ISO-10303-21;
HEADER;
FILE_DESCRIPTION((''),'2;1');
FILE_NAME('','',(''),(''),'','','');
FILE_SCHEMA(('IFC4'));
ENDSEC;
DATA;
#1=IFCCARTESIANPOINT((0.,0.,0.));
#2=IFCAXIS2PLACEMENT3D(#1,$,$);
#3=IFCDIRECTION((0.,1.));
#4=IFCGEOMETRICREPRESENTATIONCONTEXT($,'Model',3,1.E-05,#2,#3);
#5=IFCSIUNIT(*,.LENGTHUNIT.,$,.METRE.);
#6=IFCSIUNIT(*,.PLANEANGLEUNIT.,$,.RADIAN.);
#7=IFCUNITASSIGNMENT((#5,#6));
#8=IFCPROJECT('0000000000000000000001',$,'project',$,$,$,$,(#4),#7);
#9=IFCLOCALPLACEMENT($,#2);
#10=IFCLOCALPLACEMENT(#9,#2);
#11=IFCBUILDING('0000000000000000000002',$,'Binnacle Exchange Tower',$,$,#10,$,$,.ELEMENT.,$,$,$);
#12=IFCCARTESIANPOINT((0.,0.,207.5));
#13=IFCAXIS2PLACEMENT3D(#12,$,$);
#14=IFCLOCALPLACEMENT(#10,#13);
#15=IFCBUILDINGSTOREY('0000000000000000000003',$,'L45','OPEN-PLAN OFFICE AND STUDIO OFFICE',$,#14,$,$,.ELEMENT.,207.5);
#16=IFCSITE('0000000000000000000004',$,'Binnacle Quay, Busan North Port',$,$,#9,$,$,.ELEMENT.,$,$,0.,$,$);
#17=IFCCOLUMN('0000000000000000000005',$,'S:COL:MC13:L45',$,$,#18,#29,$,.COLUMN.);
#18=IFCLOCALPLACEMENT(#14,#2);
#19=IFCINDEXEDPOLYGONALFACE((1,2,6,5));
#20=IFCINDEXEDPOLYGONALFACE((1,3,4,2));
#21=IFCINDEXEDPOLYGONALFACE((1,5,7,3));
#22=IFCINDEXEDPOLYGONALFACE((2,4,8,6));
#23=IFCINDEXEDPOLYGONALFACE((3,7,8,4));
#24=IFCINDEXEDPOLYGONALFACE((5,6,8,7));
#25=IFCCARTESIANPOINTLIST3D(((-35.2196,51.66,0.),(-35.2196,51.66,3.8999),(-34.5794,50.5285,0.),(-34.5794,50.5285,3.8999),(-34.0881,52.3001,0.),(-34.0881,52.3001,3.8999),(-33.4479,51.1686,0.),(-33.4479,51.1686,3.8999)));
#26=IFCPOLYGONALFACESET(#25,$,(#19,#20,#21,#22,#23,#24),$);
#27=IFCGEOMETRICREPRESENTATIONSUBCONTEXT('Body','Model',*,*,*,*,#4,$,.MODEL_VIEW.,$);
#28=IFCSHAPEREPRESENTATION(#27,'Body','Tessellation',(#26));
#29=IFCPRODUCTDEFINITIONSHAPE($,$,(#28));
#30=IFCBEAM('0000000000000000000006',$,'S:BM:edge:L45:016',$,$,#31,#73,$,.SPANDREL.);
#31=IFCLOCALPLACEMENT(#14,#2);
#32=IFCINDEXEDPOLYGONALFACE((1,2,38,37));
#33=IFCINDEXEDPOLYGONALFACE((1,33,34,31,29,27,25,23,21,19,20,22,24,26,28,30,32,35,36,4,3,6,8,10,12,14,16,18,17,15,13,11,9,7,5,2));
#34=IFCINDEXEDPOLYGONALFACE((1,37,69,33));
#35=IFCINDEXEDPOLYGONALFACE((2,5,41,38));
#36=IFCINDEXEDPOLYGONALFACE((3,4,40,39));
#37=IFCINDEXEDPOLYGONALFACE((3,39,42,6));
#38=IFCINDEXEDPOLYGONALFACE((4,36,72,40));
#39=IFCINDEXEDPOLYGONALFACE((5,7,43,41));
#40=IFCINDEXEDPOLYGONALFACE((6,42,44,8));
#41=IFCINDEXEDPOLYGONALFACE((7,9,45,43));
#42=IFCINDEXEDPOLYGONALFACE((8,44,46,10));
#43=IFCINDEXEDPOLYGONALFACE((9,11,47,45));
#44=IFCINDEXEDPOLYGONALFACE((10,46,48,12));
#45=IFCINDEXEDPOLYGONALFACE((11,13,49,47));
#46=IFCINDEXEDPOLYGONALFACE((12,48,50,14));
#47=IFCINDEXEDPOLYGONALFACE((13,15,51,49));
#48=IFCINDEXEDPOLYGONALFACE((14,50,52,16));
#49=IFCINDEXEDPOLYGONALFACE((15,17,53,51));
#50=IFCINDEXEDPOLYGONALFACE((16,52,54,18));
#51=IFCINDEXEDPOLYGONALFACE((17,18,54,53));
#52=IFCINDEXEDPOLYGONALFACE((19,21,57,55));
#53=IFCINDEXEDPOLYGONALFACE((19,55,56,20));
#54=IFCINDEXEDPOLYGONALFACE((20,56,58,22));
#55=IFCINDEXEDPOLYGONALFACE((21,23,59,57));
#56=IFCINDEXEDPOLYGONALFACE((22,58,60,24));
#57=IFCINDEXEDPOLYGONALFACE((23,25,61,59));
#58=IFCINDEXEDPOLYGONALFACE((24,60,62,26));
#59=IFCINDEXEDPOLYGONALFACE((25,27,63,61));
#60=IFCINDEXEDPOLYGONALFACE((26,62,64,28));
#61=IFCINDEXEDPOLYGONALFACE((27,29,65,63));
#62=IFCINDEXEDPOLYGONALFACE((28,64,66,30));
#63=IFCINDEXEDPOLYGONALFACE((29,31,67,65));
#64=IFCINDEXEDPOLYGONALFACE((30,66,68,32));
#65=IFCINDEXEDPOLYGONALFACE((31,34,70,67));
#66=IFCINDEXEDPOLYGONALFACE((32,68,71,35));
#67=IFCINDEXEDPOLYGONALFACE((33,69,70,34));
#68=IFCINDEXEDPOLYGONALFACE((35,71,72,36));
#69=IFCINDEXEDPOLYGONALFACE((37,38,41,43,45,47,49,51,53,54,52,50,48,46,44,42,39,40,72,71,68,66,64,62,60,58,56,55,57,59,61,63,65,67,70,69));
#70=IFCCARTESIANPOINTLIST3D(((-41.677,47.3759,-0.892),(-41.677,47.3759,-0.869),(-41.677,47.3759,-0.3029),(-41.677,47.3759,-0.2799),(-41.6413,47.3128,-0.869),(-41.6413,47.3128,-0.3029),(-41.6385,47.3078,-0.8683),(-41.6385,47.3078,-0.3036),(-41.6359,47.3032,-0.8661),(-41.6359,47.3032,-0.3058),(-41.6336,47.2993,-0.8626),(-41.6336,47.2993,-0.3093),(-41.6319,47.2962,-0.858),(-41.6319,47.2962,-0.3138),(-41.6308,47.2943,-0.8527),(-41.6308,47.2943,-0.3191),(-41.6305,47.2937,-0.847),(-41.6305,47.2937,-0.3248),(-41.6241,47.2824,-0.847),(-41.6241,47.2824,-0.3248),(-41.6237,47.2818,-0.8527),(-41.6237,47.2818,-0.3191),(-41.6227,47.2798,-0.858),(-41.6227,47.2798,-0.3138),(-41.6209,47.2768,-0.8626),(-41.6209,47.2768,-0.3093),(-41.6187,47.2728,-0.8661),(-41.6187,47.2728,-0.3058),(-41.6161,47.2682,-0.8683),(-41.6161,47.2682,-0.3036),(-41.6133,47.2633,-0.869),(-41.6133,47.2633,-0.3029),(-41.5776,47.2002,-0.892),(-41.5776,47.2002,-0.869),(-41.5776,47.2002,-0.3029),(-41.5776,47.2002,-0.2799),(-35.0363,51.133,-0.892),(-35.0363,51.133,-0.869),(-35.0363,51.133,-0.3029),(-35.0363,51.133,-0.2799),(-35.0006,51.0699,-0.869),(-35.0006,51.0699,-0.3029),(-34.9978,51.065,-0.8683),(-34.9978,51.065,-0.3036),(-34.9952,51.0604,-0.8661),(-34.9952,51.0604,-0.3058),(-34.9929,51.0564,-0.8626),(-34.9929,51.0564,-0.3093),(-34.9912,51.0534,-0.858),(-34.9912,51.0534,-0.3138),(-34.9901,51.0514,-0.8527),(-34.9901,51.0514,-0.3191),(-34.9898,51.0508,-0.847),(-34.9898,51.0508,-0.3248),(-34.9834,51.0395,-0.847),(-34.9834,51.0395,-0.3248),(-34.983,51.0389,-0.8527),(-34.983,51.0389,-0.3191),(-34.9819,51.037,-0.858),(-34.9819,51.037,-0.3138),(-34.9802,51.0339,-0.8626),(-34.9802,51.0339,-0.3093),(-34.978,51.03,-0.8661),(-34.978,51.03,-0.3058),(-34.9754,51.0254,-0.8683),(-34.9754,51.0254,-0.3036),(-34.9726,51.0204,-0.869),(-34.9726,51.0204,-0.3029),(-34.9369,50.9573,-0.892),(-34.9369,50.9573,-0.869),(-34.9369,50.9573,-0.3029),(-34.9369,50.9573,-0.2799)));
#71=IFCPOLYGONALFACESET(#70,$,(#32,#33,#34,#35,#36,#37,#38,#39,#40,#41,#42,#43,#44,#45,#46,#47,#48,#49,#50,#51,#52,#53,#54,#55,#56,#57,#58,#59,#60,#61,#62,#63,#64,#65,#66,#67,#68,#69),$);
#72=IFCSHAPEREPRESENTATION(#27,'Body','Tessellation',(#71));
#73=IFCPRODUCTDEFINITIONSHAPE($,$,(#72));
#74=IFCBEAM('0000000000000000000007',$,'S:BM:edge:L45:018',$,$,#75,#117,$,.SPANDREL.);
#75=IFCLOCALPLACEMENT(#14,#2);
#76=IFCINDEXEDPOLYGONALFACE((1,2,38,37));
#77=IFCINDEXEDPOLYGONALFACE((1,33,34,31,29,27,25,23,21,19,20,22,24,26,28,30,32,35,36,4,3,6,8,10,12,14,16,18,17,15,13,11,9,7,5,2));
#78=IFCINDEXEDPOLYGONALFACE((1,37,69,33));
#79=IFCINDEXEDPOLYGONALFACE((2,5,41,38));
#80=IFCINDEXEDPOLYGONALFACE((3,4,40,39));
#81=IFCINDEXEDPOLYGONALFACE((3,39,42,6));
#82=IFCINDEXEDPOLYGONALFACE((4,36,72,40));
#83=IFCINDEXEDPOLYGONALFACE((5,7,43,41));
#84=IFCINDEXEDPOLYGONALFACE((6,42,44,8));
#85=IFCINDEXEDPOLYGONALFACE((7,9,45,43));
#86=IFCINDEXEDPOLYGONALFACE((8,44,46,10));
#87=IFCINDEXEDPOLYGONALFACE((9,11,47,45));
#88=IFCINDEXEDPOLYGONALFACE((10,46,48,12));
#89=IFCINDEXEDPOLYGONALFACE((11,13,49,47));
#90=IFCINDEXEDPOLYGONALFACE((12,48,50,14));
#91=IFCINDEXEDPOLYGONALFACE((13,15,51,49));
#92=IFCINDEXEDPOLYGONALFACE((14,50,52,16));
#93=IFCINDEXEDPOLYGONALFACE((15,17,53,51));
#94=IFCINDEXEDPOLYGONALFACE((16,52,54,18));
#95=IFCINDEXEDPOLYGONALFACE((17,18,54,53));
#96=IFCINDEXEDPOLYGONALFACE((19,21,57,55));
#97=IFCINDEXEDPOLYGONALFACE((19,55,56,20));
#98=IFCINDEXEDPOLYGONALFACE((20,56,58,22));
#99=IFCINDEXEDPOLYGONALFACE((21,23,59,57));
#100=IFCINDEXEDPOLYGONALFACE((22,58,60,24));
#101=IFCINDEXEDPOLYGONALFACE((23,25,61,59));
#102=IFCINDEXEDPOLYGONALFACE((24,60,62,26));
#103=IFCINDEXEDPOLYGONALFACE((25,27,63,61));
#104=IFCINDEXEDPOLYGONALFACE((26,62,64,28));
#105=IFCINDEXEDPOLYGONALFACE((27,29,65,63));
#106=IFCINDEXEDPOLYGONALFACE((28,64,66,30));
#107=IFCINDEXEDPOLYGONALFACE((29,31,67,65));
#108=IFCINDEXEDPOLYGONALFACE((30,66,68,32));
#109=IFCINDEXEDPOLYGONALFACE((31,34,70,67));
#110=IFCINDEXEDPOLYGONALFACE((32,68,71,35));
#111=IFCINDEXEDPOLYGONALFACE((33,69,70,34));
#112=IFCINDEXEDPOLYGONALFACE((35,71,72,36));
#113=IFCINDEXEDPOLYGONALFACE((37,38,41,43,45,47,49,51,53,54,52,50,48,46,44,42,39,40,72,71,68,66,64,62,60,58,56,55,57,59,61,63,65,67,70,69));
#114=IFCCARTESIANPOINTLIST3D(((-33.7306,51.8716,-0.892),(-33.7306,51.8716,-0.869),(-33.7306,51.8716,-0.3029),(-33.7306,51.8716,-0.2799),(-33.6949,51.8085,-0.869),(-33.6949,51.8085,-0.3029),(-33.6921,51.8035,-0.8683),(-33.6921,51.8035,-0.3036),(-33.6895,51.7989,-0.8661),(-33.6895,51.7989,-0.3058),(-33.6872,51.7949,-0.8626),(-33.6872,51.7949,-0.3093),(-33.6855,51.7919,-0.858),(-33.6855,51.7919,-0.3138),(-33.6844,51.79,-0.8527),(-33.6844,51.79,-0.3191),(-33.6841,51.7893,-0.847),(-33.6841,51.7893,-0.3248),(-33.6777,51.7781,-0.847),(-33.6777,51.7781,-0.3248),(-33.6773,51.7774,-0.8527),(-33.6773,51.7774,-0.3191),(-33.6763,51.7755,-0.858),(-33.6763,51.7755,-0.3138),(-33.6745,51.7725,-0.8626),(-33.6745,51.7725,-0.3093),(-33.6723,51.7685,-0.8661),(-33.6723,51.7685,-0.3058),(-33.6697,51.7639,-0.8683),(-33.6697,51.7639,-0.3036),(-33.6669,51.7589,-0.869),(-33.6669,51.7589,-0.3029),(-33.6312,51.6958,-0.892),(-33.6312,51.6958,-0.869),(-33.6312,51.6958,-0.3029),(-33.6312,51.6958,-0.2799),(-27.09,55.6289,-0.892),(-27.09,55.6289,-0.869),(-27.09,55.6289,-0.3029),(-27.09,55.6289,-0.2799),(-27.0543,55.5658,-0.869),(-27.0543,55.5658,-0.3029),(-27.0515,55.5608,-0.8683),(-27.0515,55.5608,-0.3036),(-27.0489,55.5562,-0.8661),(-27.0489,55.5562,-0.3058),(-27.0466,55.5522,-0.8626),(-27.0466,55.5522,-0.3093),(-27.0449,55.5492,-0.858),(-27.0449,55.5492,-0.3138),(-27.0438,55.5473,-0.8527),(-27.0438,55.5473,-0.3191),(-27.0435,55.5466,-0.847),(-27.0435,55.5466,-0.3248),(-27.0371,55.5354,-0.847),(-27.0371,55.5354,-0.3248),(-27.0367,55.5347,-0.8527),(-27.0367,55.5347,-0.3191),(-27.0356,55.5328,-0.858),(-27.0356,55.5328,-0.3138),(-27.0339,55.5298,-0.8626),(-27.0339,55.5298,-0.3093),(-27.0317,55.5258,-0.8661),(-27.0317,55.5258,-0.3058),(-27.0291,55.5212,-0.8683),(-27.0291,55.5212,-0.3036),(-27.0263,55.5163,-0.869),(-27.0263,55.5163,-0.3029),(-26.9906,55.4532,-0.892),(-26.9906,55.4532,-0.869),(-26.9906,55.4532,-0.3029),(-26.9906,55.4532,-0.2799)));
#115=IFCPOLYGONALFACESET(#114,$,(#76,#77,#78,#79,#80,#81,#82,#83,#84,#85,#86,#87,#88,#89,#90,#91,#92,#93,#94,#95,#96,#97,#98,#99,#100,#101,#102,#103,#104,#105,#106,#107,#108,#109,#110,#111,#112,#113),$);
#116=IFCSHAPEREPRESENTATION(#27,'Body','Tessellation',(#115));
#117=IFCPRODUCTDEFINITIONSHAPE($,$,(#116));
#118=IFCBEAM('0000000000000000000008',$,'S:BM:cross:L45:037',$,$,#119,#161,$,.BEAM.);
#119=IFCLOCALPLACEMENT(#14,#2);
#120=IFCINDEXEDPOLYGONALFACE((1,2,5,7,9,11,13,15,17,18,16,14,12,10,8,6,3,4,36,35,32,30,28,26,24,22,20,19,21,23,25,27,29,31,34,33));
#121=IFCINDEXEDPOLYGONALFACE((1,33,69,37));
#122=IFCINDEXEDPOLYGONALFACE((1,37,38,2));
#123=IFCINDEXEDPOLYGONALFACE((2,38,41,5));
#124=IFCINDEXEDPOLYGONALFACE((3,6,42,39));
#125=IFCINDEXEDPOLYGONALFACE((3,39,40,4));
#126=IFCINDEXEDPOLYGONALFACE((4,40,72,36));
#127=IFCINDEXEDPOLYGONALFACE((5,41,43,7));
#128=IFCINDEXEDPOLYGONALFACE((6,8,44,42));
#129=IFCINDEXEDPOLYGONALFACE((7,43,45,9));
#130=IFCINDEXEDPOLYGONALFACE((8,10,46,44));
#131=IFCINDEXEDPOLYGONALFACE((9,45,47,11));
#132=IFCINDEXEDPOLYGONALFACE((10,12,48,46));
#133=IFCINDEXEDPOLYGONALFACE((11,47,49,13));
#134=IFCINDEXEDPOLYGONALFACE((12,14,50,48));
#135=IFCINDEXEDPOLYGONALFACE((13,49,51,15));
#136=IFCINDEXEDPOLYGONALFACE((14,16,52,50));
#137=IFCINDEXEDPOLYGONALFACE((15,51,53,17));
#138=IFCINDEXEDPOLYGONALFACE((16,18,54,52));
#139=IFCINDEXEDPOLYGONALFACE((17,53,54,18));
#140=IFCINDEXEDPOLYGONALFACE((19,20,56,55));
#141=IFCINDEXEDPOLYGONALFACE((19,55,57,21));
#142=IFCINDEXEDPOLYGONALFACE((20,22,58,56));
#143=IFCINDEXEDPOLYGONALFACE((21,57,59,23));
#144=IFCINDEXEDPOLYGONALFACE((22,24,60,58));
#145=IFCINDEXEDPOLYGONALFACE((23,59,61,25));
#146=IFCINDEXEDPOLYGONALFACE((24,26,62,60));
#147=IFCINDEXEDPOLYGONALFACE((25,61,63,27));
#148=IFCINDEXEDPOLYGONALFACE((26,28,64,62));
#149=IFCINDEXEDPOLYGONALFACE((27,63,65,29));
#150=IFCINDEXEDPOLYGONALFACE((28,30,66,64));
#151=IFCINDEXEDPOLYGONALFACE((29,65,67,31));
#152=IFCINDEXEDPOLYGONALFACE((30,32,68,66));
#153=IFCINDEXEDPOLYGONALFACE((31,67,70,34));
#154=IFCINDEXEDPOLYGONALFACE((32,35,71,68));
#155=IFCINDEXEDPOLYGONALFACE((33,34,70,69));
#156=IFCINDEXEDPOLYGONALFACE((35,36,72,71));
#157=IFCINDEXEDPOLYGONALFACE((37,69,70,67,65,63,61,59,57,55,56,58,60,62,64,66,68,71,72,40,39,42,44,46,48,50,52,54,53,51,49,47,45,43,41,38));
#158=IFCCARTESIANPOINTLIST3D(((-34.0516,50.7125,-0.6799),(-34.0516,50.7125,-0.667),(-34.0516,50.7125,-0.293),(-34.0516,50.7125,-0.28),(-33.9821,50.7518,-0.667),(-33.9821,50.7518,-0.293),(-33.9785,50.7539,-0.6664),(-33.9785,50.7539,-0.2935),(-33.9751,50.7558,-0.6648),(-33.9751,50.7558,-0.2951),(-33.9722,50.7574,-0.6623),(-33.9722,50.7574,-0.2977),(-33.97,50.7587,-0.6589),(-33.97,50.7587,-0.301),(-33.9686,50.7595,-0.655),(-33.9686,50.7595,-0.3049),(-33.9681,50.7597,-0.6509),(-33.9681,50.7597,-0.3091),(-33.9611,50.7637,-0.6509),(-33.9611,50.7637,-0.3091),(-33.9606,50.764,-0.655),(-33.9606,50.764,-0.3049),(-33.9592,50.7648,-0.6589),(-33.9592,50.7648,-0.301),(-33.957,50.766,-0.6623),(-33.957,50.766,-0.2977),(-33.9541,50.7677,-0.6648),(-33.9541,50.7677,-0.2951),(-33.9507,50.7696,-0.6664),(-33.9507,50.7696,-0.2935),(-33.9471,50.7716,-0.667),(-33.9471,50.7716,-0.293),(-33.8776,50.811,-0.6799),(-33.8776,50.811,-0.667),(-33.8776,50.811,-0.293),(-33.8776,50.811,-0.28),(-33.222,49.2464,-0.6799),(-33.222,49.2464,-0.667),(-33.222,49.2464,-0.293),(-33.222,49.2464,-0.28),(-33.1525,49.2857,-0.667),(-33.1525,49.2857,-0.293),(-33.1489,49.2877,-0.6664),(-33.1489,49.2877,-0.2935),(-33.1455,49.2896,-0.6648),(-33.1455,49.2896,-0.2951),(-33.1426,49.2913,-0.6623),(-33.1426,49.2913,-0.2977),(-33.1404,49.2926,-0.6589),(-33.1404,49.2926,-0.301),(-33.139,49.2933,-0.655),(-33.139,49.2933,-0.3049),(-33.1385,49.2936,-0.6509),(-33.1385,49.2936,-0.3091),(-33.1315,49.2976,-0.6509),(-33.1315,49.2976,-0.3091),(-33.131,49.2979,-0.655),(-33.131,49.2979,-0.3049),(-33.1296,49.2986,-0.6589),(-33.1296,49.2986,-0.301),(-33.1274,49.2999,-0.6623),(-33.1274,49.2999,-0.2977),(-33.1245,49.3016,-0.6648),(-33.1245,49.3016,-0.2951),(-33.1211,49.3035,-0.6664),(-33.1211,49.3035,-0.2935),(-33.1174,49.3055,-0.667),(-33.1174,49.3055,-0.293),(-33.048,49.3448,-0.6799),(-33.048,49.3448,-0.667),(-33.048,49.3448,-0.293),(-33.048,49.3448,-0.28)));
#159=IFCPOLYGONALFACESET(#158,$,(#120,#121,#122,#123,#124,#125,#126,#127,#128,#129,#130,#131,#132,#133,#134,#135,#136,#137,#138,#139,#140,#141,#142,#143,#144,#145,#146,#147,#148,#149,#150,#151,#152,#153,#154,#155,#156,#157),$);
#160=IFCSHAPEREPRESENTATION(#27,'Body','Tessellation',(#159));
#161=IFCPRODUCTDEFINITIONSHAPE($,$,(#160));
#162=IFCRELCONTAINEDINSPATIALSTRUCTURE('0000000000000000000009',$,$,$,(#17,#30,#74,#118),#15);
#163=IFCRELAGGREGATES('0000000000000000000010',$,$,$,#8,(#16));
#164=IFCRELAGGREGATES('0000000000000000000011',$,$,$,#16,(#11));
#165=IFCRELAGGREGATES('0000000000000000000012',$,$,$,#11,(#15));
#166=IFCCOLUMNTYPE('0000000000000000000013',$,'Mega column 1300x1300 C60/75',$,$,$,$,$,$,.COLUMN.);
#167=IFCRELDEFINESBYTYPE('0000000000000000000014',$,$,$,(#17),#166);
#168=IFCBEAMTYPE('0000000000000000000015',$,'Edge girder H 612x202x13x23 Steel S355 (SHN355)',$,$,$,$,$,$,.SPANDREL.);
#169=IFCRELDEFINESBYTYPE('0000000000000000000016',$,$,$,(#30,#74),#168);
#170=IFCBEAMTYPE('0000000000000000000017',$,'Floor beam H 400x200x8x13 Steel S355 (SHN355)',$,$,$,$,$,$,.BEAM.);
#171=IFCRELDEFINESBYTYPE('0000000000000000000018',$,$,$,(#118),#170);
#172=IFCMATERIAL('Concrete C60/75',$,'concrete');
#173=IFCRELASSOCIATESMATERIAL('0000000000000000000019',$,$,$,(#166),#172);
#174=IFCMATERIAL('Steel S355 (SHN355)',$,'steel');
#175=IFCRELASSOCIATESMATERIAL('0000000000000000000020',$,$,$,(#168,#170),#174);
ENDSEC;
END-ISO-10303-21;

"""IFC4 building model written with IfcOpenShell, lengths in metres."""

from ifc_helpers import new_model, si_unit, direction, frame, origin, origin_2d, place, context, subcontext, project, spatial, rectangle, i_section, extrude, material, material_profile, profile_set, type_object, element, save


model = new_model("IFC4")

# Units and contexts
model_context = context("Model", 3, precision=1e-05, world=origin(), true_north=direction((0.0, 1.0)))
body_context = subcontext(model_context, "Body", "Model", "MODEL_VIEW")
ifc_project = project(units=[si_unit("LENGTHUNIT", "METRE"), si_unit("PLANEANGLEUNIT", "RADIAN")], contexts=[model_context])

# Site, building, storey
site_placement = place(None, origin())
site = spatial("IfcSite", under=ifc_project, at=site_placement, Name="Binnacle Quay, Busan North Port", CompositionType="ELEMENT", RefElevation=0.0)
building_placement = place(site_placement, origin())
building = spatial("IfcBuilding", under=site, at=building_placement, Name="Binnacle Exchange Tower", CompositionType="ELEMENT")
storey_placement = place(building_placement, frame((0.0, 0.0, 207.5)))
storey = spatial("IfcBuildingStorey", under=building, at=storey_placement, Name="L45", Description="OPEN-PLAN OFFICE AND STUDIO OFFICE", CompositionType="ELEMENT", Elevation=207.5)

# Column
ifc_material_1 = material(Name="Concrete C60/75", Category="concrete")
ifc_material_profile_1 = material_profile(ifc_material_1, rectangle(XDim=1.3, YDim=1.3, at=origin_2d()), Name="Mega column 1300x1300 C60/75")
ifc_profile_set_1 = profile_set([ifc_material_profile_1], Name="Concrete C60/75")
column_type = type_object("IfcColumnType", Name="Mega column 1300x1300 C60/75", PredefinedType="COLUMN", material=ifc_profile_set_1)
column_placement = place(storey_placement, frame((-34.3337, 51.4143, 0.0), z_axis=(0.0, 0.0, 1.0), x_axis=(-0.870356, -0.492424, 0.0)))
element("IfcColumn", 1, at=column_placement, inside=storey, type_object=column_type, Name="S:COL:MC13:L45", PredefinedType="COLUMN", context=body_context, shape_type="SweptSolid", body=[
    extrude(rectangle(XDim=1.3, YDim=1.3, at=origin_2d()), origin(), (0.0, 0.0, 1.0), 3.8999),
])

# Beams
ifc_material_2 = material(Name="Steel S355 (SHN355)", Category="steel")
ifc_material_profile_2 = material_profile(ifc_material_2, i_section(OverallWidth=0.2019, OverallDepth=0.6121, WebThickness=0.0129, FlangeThickness=0.0229, FilletRadius=0.022, at=origin_2d()), Name="H 612x202x13x23")
ifc_profile_set_2 = profile_set([ifc_material_profile_2], Name="Steel S355 (SHN355)")
beam_type_1 = type_object("IfcBeamType", Name="Edge girder H 612x202x13x23 Steel S355 (SHN355)", PredefinedType="SPANDREL", material=ifc_profile_set_2)
for number, where, z_axis, x_axis, name in (
    (2, (-34.9866, 51.0452, -0.5859), (-0.870356, -0.492423, 0.0), (0.492423, -0.870356, 0.0), "S:BM:edge:L45:016"),
    (3, (-27.0403, 55.541, -0.5859), (-0.870342, -0.492447, 0.0), (0.492447, -0.870342, 0.0), "S:BM:edge:L45:018"),
):
    element("IfcBeam", number, at=place(storey_placement, frame(where, z_axis=z_axis, x_axis=x_axis)), inside=storey, type_object=beam_type_1, Name=name, PredefinedType="SPANDREL", context=body_context, shape_type="SweptSolid", body=[
        extrude(i_section(OverallWidth=0.2019, OverallDepth=0.6121, WebThickness=0.0129, FlangeThickness=0.0229, FilletRadius=0.022, at=origin_2d()), origin(), (0.0, 0.0, 1.0), 7.6299),
    ])
ifc_material_profile_3 = material_profile(ifc_material_2, i_section(OverallWidth=0.2, OverallDepth=0.3999, WebThickness=0.0081, FlangeThickness=0.0129, FilletRadius=0.0161, at=origin_2d()), Name="H 400x200x8x13")
ifc_profile_set_3 = profile_set([ifc_material_profile_3], Name="Steel S355 (SHN355)")
beam_type_2 = type_object("IfcBeamType", Name="Floor beam H 400x200x8x13 Steel S355 (SHN355)", PredefinedType="BEAM", material=ifc_profile_set_3)
beam_1_placement = place(storey_placement, frame((-33.9646, 50.7617, -0.48), z_axis=(0.492482, -0.870322, 0.0), x_axis=(0.870322, 0.492482, 0.0)))
element("IfcBeam", 4, at=beam_1_placement, inside=storey, type_object=beam_type_2, Name="S:BM:cross:L45:037", PredefinedType="BEAM", context=body_context, shape_type="SweptSolid", body=[
    extrude(i_section(OverallWidth=0.2, OverallDepth=0.3999, WebThickness=0.0081, FlangeThickness=0.0129, FilletRadius=0.0161, at=origin_2d()), origin(), (0.0, 0.0, 1.0), 1.6846),
])

save(model, "model.ifc")
